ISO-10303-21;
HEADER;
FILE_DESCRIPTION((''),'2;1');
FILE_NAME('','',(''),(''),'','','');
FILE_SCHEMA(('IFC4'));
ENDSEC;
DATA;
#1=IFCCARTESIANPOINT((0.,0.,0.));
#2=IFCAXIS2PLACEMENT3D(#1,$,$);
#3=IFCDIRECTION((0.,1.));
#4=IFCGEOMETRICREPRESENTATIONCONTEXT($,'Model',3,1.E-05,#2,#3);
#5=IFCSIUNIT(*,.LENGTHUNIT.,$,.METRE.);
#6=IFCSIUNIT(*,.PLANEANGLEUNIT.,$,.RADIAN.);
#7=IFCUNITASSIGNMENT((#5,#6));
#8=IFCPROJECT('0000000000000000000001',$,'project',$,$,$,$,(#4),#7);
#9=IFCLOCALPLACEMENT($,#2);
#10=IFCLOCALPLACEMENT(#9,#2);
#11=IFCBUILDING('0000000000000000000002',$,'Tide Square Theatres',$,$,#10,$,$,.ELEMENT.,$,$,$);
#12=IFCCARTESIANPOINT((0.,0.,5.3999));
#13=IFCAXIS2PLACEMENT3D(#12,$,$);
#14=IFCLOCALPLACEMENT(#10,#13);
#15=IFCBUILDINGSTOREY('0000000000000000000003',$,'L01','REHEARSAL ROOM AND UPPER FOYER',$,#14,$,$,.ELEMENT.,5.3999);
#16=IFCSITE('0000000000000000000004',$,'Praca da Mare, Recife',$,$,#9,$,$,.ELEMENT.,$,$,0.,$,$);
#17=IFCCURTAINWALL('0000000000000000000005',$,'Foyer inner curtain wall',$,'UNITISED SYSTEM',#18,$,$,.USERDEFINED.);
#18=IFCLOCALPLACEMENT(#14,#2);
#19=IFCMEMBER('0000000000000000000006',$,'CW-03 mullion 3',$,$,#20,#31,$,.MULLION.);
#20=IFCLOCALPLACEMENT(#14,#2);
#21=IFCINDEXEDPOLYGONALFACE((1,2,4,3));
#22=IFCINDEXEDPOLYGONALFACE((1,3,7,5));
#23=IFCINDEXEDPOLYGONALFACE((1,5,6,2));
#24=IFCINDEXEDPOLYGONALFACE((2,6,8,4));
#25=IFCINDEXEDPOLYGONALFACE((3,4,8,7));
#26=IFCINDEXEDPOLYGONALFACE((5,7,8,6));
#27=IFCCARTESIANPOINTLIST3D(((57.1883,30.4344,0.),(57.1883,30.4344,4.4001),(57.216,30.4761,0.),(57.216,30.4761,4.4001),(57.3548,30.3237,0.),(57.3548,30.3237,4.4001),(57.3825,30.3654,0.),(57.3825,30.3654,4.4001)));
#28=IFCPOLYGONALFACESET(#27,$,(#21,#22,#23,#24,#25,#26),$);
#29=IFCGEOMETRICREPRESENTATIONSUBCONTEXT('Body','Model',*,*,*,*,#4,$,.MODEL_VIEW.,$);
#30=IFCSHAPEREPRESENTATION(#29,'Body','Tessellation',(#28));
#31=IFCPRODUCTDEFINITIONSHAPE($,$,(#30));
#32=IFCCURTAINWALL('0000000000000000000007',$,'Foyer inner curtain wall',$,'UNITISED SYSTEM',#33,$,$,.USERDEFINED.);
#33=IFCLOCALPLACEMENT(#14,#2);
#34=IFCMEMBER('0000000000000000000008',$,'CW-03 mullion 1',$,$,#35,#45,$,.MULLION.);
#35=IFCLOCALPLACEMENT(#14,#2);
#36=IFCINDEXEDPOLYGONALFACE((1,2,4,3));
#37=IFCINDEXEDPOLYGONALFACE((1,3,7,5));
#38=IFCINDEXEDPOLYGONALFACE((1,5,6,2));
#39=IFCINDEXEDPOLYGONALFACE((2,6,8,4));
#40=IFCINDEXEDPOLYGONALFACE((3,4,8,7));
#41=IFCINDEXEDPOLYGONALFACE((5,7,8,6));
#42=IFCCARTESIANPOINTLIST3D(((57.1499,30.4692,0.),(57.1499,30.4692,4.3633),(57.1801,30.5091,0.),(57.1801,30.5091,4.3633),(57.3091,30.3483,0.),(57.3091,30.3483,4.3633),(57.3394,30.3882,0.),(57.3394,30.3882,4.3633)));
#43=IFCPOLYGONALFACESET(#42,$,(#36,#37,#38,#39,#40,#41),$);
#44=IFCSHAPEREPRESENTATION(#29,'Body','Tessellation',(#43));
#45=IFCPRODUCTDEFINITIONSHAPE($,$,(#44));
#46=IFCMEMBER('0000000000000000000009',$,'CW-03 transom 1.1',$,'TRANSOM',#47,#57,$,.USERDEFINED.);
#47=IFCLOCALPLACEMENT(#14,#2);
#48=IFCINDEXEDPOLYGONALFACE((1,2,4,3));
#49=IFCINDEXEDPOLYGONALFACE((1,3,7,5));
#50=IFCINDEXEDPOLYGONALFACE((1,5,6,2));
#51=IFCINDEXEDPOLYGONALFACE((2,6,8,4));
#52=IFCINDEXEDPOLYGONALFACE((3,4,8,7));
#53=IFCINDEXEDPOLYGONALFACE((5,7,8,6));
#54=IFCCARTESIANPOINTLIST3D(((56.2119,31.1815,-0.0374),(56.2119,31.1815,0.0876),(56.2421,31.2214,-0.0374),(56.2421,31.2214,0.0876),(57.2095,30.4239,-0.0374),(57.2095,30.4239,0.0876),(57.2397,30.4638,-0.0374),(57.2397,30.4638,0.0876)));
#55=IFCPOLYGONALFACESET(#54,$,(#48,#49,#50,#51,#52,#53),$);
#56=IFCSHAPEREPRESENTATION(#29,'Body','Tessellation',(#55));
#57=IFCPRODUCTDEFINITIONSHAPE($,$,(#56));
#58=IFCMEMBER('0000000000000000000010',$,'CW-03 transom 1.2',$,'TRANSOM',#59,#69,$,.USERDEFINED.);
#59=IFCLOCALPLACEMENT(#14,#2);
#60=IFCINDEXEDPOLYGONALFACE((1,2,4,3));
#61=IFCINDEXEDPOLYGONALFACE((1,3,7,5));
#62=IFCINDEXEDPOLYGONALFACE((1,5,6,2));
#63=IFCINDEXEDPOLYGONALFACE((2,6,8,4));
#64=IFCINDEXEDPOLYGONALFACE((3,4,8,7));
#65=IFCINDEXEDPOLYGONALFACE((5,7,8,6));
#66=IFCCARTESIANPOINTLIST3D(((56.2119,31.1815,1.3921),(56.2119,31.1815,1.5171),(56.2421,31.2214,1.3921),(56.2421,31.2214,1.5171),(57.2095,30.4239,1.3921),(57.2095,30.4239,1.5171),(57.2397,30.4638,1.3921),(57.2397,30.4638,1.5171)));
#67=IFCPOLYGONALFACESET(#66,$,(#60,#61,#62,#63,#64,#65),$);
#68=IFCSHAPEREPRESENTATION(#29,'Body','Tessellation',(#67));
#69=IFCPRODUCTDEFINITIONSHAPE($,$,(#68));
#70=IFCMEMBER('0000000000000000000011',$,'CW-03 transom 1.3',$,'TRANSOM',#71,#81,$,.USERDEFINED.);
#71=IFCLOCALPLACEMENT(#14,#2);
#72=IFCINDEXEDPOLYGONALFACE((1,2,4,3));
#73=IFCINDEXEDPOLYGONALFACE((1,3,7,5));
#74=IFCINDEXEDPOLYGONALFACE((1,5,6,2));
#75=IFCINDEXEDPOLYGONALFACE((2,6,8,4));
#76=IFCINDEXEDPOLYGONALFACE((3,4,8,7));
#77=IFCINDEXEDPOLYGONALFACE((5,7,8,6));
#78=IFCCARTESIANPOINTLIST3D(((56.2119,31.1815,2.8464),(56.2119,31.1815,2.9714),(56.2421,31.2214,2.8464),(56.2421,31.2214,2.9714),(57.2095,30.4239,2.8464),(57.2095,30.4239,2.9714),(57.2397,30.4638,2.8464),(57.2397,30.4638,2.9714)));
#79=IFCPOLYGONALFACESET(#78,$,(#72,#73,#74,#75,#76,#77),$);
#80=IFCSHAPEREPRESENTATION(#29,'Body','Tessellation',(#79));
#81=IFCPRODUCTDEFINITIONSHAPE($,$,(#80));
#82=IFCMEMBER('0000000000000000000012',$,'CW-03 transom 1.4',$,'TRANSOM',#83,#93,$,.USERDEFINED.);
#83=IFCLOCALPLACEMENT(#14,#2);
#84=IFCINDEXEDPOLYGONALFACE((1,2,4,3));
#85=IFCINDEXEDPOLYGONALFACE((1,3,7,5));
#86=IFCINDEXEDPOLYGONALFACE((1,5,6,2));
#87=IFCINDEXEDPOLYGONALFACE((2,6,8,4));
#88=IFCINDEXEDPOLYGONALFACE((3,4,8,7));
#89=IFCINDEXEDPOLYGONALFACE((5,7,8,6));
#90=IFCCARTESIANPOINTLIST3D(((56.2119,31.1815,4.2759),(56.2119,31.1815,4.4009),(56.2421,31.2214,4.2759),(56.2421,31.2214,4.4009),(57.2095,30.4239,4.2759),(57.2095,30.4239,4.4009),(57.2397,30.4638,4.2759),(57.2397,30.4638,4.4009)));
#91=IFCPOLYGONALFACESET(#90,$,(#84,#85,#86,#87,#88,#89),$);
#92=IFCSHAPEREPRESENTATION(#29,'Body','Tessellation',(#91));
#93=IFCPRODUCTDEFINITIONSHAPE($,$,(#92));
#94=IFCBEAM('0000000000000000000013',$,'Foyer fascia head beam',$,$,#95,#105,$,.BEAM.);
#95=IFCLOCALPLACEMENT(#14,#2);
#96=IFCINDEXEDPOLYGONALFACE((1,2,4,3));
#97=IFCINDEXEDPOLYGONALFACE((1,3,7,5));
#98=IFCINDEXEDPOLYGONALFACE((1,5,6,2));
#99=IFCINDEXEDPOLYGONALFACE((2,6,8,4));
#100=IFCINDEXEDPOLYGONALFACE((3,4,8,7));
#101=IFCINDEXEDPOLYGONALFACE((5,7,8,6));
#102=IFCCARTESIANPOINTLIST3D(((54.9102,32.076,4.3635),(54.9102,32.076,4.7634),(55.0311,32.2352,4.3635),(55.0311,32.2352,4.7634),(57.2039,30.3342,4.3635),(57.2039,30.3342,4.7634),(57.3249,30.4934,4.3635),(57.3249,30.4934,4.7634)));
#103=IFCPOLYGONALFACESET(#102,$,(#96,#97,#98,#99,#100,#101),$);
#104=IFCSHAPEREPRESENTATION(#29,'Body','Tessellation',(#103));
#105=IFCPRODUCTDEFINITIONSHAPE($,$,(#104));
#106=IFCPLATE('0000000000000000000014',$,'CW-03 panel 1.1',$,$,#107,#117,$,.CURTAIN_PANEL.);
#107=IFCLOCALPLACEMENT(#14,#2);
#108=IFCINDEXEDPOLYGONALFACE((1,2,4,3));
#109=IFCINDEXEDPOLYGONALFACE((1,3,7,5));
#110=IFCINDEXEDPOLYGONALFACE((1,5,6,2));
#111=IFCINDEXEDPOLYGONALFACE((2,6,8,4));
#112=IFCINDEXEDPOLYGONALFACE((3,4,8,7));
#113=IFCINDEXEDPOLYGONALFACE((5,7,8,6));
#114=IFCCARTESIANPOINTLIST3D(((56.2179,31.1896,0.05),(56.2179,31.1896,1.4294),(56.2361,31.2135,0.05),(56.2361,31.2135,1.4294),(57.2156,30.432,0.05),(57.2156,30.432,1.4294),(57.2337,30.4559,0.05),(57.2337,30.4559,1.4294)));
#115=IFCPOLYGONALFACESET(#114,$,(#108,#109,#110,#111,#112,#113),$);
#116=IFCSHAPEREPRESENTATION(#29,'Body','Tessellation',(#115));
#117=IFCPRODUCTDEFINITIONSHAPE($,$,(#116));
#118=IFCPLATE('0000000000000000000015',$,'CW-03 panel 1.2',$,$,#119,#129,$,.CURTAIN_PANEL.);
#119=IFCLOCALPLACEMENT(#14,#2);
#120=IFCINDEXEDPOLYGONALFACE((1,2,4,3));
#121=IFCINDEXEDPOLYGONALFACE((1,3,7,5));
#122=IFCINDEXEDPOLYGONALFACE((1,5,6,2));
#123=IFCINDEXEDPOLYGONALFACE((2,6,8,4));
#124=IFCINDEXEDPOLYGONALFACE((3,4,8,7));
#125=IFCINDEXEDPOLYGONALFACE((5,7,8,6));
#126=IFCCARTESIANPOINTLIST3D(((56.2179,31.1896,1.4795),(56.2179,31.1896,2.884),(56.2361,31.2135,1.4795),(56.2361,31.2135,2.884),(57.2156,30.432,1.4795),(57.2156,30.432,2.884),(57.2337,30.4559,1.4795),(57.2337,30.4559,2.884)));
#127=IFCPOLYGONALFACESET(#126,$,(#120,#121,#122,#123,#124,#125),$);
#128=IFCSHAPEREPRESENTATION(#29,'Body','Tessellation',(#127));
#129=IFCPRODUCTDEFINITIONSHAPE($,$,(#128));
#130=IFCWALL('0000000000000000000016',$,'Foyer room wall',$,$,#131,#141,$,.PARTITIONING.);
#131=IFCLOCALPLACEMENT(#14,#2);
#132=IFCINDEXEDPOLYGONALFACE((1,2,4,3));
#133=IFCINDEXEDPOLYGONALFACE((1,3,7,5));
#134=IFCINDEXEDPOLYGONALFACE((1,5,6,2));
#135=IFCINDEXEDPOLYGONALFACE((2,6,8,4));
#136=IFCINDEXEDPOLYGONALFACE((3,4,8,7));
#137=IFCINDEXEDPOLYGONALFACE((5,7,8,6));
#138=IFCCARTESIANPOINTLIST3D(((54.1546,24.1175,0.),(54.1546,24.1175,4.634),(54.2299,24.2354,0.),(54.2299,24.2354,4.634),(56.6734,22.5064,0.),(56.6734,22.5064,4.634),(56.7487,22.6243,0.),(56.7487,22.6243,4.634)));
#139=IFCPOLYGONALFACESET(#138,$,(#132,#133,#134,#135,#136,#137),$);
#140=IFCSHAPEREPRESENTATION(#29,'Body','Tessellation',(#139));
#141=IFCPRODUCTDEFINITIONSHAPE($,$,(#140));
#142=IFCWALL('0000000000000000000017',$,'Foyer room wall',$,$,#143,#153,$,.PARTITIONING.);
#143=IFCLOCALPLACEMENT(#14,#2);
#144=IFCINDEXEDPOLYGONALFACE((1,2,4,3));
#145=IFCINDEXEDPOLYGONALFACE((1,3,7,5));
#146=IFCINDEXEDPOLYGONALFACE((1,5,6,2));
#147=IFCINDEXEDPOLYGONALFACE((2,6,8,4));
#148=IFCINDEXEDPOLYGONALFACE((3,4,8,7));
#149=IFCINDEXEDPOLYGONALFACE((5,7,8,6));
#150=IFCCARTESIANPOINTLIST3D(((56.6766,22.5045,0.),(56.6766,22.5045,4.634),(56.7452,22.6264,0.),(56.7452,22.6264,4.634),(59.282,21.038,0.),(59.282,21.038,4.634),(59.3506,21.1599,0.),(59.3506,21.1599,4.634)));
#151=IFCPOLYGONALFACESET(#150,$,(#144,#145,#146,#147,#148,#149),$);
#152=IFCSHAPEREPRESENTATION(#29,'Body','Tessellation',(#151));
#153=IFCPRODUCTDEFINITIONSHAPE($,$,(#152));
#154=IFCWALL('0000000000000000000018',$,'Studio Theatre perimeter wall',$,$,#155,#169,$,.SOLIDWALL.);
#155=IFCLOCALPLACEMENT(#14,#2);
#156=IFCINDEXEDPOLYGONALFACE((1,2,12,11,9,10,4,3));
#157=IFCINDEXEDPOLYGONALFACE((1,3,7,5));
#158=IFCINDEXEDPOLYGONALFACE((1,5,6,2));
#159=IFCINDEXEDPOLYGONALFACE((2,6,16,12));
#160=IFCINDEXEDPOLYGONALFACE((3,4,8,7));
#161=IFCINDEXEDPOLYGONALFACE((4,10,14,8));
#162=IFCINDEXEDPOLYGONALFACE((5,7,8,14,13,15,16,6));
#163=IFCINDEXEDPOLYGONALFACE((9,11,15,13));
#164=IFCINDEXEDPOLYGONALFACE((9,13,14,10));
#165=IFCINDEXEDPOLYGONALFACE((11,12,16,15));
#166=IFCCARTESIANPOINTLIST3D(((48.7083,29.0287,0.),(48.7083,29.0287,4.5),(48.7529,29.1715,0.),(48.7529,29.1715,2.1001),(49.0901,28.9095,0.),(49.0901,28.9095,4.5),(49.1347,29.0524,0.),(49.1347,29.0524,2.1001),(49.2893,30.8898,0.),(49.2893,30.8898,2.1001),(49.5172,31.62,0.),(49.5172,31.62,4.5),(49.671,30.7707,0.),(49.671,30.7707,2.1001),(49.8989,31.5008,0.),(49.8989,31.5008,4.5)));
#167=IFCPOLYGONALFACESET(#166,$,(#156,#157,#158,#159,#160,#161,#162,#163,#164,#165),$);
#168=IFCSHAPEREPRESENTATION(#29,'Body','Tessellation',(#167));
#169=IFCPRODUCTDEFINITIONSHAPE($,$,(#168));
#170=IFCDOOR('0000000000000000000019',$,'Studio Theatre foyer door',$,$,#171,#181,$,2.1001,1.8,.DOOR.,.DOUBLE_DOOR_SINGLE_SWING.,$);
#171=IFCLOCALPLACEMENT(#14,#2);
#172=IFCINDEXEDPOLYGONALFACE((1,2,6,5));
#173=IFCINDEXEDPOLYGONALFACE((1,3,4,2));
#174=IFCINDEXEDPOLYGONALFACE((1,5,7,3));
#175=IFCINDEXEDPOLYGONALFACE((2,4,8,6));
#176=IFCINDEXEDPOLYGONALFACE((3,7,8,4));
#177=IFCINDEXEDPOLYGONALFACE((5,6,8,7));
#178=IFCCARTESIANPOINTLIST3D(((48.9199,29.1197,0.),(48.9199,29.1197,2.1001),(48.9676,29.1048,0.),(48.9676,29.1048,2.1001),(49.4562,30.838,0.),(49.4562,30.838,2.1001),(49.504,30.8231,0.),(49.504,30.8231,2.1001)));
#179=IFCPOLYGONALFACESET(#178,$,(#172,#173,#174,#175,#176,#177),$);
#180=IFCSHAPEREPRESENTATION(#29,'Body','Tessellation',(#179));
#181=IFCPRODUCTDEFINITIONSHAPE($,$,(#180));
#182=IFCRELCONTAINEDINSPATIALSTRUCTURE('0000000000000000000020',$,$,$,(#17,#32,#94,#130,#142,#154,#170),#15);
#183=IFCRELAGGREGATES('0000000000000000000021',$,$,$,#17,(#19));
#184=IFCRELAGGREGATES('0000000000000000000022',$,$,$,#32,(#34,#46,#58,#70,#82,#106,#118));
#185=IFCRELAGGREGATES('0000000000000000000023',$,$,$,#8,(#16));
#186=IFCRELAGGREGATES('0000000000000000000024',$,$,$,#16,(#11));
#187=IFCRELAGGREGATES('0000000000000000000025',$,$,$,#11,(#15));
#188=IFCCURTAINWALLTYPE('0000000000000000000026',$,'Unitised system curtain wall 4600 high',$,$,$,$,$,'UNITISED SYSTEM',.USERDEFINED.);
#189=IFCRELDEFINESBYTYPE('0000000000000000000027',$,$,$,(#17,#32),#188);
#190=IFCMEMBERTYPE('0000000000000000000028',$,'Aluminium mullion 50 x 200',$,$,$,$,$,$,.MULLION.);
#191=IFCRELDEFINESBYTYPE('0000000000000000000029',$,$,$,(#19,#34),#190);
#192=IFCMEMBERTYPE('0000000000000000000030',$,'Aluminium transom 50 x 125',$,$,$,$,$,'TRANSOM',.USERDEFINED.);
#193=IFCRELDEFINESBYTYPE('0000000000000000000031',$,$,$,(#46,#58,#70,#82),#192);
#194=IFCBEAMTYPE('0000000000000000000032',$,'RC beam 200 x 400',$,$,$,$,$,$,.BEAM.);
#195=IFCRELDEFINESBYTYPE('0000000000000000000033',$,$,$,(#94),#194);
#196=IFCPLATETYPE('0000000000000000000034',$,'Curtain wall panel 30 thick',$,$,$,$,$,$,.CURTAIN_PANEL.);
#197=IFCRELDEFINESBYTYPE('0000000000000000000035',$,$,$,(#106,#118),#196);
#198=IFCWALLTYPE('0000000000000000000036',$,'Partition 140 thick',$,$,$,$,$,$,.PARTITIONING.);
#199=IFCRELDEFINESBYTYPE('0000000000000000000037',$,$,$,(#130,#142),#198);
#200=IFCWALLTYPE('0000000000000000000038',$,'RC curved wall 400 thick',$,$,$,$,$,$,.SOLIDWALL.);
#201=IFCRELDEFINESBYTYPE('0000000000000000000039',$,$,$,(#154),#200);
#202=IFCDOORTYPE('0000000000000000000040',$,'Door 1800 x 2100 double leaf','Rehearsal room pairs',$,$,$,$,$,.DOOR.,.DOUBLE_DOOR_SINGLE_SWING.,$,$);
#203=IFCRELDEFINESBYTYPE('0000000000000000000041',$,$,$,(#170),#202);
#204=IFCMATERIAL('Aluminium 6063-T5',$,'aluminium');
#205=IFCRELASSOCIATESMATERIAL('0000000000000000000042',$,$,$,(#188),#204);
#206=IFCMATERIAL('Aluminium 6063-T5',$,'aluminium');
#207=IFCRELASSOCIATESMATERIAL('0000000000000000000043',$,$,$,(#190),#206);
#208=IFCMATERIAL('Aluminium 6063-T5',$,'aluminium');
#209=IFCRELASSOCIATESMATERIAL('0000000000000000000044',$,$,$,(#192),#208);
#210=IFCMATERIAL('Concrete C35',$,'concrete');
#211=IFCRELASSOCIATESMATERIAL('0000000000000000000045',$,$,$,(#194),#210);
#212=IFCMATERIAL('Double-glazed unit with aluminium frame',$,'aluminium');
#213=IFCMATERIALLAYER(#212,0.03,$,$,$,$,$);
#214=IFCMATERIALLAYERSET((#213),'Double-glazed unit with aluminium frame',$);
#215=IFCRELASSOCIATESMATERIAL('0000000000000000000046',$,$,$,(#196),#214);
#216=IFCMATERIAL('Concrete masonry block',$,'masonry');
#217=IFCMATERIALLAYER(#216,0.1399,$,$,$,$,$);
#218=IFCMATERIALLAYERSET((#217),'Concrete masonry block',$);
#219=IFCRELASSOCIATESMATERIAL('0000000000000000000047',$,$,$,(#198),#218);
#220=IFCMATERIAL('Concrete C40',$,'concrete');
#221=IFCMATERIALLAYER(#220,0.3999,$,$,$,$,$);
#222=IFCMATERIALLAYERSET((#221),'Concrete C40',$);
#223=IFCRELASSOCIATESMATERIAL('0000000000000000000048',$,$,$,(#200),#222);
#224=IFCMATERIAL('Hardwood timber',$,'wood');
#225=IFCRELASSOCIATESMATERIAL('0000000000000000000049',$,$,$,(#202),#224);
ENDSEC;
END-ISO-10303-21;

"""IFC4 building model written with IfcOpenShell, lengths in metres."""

from ifc_helpers import new_model, si_unit, direction, frame, frame_2d, origin, origin_2d, place, context, subcontext, project, spatial, rectangle, extrude, material, layer, layer_set, material_profile, profile_set, type_object, element, fill, aggregate, save


model = new_model("IFC4")

# Units and contexts
model_context = context("Model", 3, precision=1e-05, world=origin(), true_north=direction((0.0, 1.0)))
body_context = subcontext(model_context, "Body", "Model", "MODEL_VIEW")
ifc_project = project(units=[si_unit("LENGTHUNIT", "METRE"), si_unit("PLANEANGLEUNIT", "RADIAN")], contexts=[model_context])

# Site, building, storey
site_placement = place(None, origin())
site = spatial("IfcSite", under=ifc_project, at=site_placement, Name="Praca da Mare, Recife", CompositionType="ELEMENT", RefElevation=0.0)
building_placement = place(site_placement, origin())
building = spatial("IfcBuilding", under=site, at=building_placement, Name="Tide Square Theatres", CompositionType="ELEMENT")
storey_placement = place(building_placement, frame((0.0, 0.0, 5.3999)))
storey = spatial("IfcBuildingStorey", under=building, at=storey_placement, Name="L01", Description="REHEARSAL ROOM AND UPPER FOYER", CompositionType="ELEMENT", Elevation=5.3999)

# Curtain wall, member
ifc_material_1 = material(Name="Aluminium 6063-T5", Category="aluminium")
curtain_wall_type = type_object("IfcCurtainWallType", Name="Unitised system curtain wall 4600 high", ElementType="UNITISED SYSTEM", PredefinedType="USERDEFINED", material=ifc_material_1)
curtain_wall_1_placement = place(storey_placement, origin())
curtain_wall_1 = element("IfcCurtainWall", 1, at=curtain_wall_1_placement, inside=storey, type_object=curtain_wall_type, Name="Foyer inner curtain wall", ObjectType="UNITISED SYSTEM", PredefinedType="USERDEFINED")
ifc_material_2 = material(Name="Aluminium 6063-T5", Category="aluminium")
ifc_material_profile_1 = material_profile(ifc_material_2, rectangle(XDim=0.05, YDim=0.2, at=origin_2d()))
ifc_profile_set_1 = profile_set([ifc_material_profile_1], Name="Aluminium 6063-T5")
member_type_1 = type_object("IfcMemberType", Name="Aluminium mullion 50 x 200", PredefinedType="MULLION", material=ifc_profile_set_1)
member_1_placement = place(storey_placement, frame((57.2854, 30.3999, 0.0), z_axis=(0.0, 0.0, 1.0), x_axis=(-0.553915, -0.832573, 0.0)))
member_1 = element("IfcMember", 2, at=member_1_placement, type_object=member_type_1, Name="CW-03 mullion 3", PredefinedType="MULLION", context=body_context, shape_type="SweptSolid", body=[
    extrude(rectangle(XDim=0.05, YDim=0.2, at=origin_2d()), origin(), (0.0, 0.0, 1.0), 4.4001),
])
aggregate(curtain_wall_1, [member_1])

# Curtain wall, members
curtain_wall_2_placement = place(storey_placement, origin())
curtain_wall_2 = element("IfcCurtainWall", 3, at=curtain_wall_2_placement, inside=storey, type_object=curtain_wall_type, Name="Foyer inner curtain wall", ObjectType="UNITISED SYSTEM", PredefinedType="USERDEFINED")
member_2_placement = place(storey_placement, frame((57.2446, 30.4287, 0.0), z_axis=(0.0, 0.0, 1.0), x_axis=(-0.604774, -0.796397, 0.0)))
member_2 = element("IfcMember", 4, at=member_2_placement, type_object=member_type_1, Name="CW-03 mullion 1", PredefinedType="MULLION", context=body_context, shape_type="SweptSolid", body=[
    extrude(rectangle(XDim=0.05, YDim=0.2, at=origin_2d()), origin(), (0.0, 0.0, 1.0), 4.3633),
])
ifc_material_3 = material(Name="Aluminium 6063-T5", Category="aluminium")
ifc_material_profile_2 = material_profile(ifc_material_3, rectangle(XDim=0.05, YDim=0.125, at=origin_2d()))
ifc_profile_set_2 = profile_set([ifc_material_profile_2], Name="Aluminium 6063-T5")
member_type_2 = type_object("IfcMemberType", Name="Aluminium transom 50 x 125", ElementType="TRANSOM", PredefinedType="USERDEFINED", material=ifc_profile_set_2)
member_3_placement = place(storey_placement, frame((57.2246, 30.4438, 0.0251), z_axis=(-0.796384, 0.604792, 0.0), x_axis=(-0.604792, -0.796384, 0.0)))
member_3 = element("IfcMember", 5, at=member_3_placement, type_object=member_type_2, Name="CW-03 transom 1.1", ObjectType="TRANSOM", PredefinedType="USERDEFINED", context=body_context, shape_type="SweptSolid", body=[
    extrude(rectangle(XDim=0.05, YDim=0.125, at=origin_2d()), origin(), (0.0, 0.0, 1.0), 1.2527),
])
member_4_placement = place(storey_placement, frame((57.2246, 30.4438, 1.4546), z_axis=(-0.796384, 0.604792, 0.0), x_axis=(-0.604792, -0.796384, 0.0)))
member_4 = element("IfcMember", 6, at=member_4_placement, type_object=member_type_2, Name="CW-03 transom 1.2", ObjectType="TRANSOM", PredefinedType="USERDEFINED", context=body_context, shape_type="SweptSolid", body=[
    extrude(rectangle(XDim=0.05, YDim=0.125, at=origin_2d()), origin(), (0.0, 0.0, 1.0), 1.2527),
])
member_5_placement = place(storey_placement, frame((57.2246, 30.4438, 2.9089), z_axis=(-0.796384, 0.604792, 0.0), x_axis=(-0.604792, -0.796384, 0.0)))
member_5 = element("IfcMember", 7, at=member_5_placement, type_object=member_type_2, Name="CW-03 transom 1.3", ObjectType="TRANSOM", PredefinedType="USERDEFINED", context=body_context, shape_type="SweptSolid", body=[
    extrude(rectangle(XDim=0.05, YDim=0.125, at=origin_2d()), origin(), (0.0, 0.0, 1.0), 1.2527),
])
member_6_placement = place(storey_placement, frame((57.2246, 30.4438, 4.3384), z_axis=(-0.796384, 0.604792, 0.0), x_axis=(-0.604792, -0.796384, 0.0)))
member_6 = element("IfcMember", 8, at=member_6_placement, type_object=member_type_2, Name="CW-03 transom 1.4", ObjectType="TRANSOM", PredefinedType="USERDEFINED", context=body_context, shape_type="SweptSolid", body=[
    extrude(rectangle(XDim=0.05, YDim=0.125, at=origin_2d()), origin(), (0.0, 0.0, 1.0), 1.2527),
])

# Beam
ifc_material_4 = material(Name="Concrete C35", Category="concrete")
ifc_material_profile_3 = material_profile(ifc_material_4, rectangle(XDim=0.2, YDim=0.3999, at=origin_2d()))
ifc_profile_set_3 = profile_set([ifc_material_profile_3], Name="Concrete C35")
beam_type = type_object("IfcBeamType", Name="RC beam 200 x 400", PredefinedType="BEAM", material=ifc_profile_set_3)
beam_placement = place(storey_placement, frame((57.2644, 30.4138, 4.5635), z_axis=(-0.796415, 0.60475, 0.0), x_axis=(-0.60475, -0.796415, 0.0)))
element("IfcBeam", 9, at=beam_placement, inside=storey, type_object=beam_type, Name="Foyer fascia head beam", PredefinedType="BEAM", context=body_context, shape_type="SweptSolid", body=[
    extrude(rectangle(XDim=0.2, YDim=0.3999, at=origin_2d()), origin(), (0.0, 0.0, 1.0), 2.8801),
])

# Plates
ifc_material_5 = material(Name="Double-glazed unit with aluminium frame", Category="aluminium")
ifc_layer_1 = layer(ifc_material_5, 0.03)
ifc_layer_set_1 = layer_set([ifc_layer_1], Name="Double-glazed unit with aluminium frame")
plate_type = type_object("IfcPlateType", Name="Curtain wall panel 30 thick", PredefinedType="CURTAIN_PANEL", material=ifc_layer_set_1)
plate_1_placement = place(storey_placement, frame((56.7258, 30.8228, 0.05), z_axis=(0.0, 0.0, 1.0), x_axis=(-0.796397, 0.604774, 0.0)))
plate_1 = element("IfcPlate", 10, at=plate_1_placement, type_object=plate_type, Name="CW-03 panel 1.1", PredefinedType="CURTAIN_PANEL", context=body_context, shape_type="SweptSolid", body=[
    extrude(rectangle(XDim=1.2527, YDim=0.03, at=origin_2d()), origin(), (0.0, 0.0, 1.0), 1.3794),
])
plate_2_placement = place(storey_placement, frame((56.7258, 30.8228, 1.4795), z_axis=(0.0, 0.0, 1.0), x_axis=(-0.796397, 0.604774, 0.0)))
plate_2 = element("IfcPlate", 11, at=plate_2_placement, type_object=plate_type, Name="CW-03 panel 1.2", PredefinedType="CURTAIN_PANEL", context=body_context, shape_type="SweptSolid", body=[
    extrude(rectangle(XDim=1.2527, YDim=0.03, at=origin_2d()), origin(), (0.0, 0.0, 1.0), 1.4045),
])
aggregate(curtain_wall_2, [member_2, member_3, member_4, member_5, member_6, plate_1, plate_2])

# Walls
ifc_material_6 = material(Name="Concrete masonry block", Category="masonry")
ifc_layer_2 = layer(ifc_material_6, 0.1399)
ifc_layer_set_2 = layer_set([ifc_layer_2], Name="Concrete masonry block")
wall_type_1 = type_object("IfcWallType", Name="Partition 140 thick", PredefinedType="PARTITIONING", material=ifc_layer_set_2)
wall_1_placement = place(storey_placement, frame((54.1921, 24.1765, 0.0), z_axis=(0.0, 0.0, 1.0), x_axis=(0.842415, -0.538829, 0.0)))
element("IfcWall", 12, at=wall_1_placement, inside=storey, type_object=wall_type_1, Name="Foyer room wall", PredefinedType="PARTITIONING", context=body_context, shape_type="SweptSolid", body=[
    extrude(rectangle(XDim=2.99, YDim=0.1399, at=frame_2d((1.4951, 0.0))), origin(), (0.0, 0.0, 1.0), 4.634),
])
wall_2_placement = place(storey_placement, frame((56.7109, 22.5654, 0.0), z_axis=(0.0, 0.0, 1.0), x_axis=(0.871436, -0.490509, 0.0)))
element("IfcWall", 13, at=wall_2_placement, inside=storey, type_object=wall_type_1, Name="Foyer room wall", PredefinedType="PARTITIONING", context=body_context, shape_type="SweptSolid", body=[
    extrude(rectangle(XDim=2.9897, YDim=0.1399, at=frame_2d((1.4949, 0.0))), origin(), (0.0, 0.0, 1.0), 4.634),
])

# Wall, opening, door
ifc_material_7 = material(Name="Concrete C40", Category="concrete")
ifc_layer_3 = layer(ifc_material_7, 0.3999)
ifc_layer_set_3 = layer_set([ifc_layer_3], Name="Concrete C40")
wall_type_2 = type_object("IfcWallType", Name="RC curved wall 400 thick", PredefinedType="SOLIDWALL", material=ifc_layer_set_3)
wall_3_placement = place(storey_placement, frame((48.8992, 28.969, 0.0), z_axis=(0.0, 0.0, 1.0), x_axis=(0.297957, 0.954579, 0.0)))
wall_3 = element("IfcWall", 14, at=wall_3_placement, inside=storey, type_object=wall_type_2, Name="Studio Theatre perimeter wall", PredefinedType="SOLIDWALL", context=body_context, shape_type="SweptSolid", body=[
    extrude(rectangle(XDim=2.7146, YDim=0.3999, at=frame_2d((1.3574, 0.0))), origin(), (0.0, 0.0, 1.0), 4.5),
])
opening_1_placement = place(wall_3_placement, frame((0.1499, 0.0, 0.0)))
opening_1 = element("IfcOpeningElement", 15, at=opening_1_placement, cuts=wall_3, PredefinedType="OPENING", context=body_context, shape_type="SweptSolid", body=[
    extrude(rectangle(XDim=1.8, YDim=2.1001, at=frame_2d((0.8999, 1.05))), frame((0.0, 0.21, 0.0), z_axis=(0.0, -1.0, 0.0), x_axis=(1.0, 0.0, 0.0)), (0.0, 0.0, 1.0), 0.4199),
])
ifc_material_8 = material(Name="Hardwood timber", Category="wood")
door_type_1 = type_object("IfcDoorType", Name="Door 1800 x 2100 double leaf", Description="Rehearsal room pairs", OperationType="DOUBLE_DOOR_SINGLE_SWING", PredefinedType="DOOR", material=ifc_material_8)
door_1_placement = place(opening_1_placement, frame((1.8, 0.0, 0.0), z_axis=(0.0, 0.0, 1.0), x_axis=(-1.0, 0.0, 0.0)))
door_1 = element("IfcDoor", 16, at=door_1_placement, inside=storey, type_object=door_type_1, Name="Studio Theatre foyer door", OperationType="DOUBLE_DOOR_SINGLE_SWING", OverallHeight=2.1001, OverallWidth=1.8, PredefinedType="DOOR", context=body_context, shape_type="SweptSolid", body=[
    extrude(rectangle(XDim=1.8, YDim=2.1001, at=frame_2d((0.8999, 1.05))), frame((0.0, 0.0249, 0.0), z_axis=(0.0, -1.0, 0.0), x_axis=(1.0, 0.0, 0.0)), (0.0, 0.0, 1.0), 0.05),
])
fill(opening_1, door_1)

save(model, "model.ifc")
